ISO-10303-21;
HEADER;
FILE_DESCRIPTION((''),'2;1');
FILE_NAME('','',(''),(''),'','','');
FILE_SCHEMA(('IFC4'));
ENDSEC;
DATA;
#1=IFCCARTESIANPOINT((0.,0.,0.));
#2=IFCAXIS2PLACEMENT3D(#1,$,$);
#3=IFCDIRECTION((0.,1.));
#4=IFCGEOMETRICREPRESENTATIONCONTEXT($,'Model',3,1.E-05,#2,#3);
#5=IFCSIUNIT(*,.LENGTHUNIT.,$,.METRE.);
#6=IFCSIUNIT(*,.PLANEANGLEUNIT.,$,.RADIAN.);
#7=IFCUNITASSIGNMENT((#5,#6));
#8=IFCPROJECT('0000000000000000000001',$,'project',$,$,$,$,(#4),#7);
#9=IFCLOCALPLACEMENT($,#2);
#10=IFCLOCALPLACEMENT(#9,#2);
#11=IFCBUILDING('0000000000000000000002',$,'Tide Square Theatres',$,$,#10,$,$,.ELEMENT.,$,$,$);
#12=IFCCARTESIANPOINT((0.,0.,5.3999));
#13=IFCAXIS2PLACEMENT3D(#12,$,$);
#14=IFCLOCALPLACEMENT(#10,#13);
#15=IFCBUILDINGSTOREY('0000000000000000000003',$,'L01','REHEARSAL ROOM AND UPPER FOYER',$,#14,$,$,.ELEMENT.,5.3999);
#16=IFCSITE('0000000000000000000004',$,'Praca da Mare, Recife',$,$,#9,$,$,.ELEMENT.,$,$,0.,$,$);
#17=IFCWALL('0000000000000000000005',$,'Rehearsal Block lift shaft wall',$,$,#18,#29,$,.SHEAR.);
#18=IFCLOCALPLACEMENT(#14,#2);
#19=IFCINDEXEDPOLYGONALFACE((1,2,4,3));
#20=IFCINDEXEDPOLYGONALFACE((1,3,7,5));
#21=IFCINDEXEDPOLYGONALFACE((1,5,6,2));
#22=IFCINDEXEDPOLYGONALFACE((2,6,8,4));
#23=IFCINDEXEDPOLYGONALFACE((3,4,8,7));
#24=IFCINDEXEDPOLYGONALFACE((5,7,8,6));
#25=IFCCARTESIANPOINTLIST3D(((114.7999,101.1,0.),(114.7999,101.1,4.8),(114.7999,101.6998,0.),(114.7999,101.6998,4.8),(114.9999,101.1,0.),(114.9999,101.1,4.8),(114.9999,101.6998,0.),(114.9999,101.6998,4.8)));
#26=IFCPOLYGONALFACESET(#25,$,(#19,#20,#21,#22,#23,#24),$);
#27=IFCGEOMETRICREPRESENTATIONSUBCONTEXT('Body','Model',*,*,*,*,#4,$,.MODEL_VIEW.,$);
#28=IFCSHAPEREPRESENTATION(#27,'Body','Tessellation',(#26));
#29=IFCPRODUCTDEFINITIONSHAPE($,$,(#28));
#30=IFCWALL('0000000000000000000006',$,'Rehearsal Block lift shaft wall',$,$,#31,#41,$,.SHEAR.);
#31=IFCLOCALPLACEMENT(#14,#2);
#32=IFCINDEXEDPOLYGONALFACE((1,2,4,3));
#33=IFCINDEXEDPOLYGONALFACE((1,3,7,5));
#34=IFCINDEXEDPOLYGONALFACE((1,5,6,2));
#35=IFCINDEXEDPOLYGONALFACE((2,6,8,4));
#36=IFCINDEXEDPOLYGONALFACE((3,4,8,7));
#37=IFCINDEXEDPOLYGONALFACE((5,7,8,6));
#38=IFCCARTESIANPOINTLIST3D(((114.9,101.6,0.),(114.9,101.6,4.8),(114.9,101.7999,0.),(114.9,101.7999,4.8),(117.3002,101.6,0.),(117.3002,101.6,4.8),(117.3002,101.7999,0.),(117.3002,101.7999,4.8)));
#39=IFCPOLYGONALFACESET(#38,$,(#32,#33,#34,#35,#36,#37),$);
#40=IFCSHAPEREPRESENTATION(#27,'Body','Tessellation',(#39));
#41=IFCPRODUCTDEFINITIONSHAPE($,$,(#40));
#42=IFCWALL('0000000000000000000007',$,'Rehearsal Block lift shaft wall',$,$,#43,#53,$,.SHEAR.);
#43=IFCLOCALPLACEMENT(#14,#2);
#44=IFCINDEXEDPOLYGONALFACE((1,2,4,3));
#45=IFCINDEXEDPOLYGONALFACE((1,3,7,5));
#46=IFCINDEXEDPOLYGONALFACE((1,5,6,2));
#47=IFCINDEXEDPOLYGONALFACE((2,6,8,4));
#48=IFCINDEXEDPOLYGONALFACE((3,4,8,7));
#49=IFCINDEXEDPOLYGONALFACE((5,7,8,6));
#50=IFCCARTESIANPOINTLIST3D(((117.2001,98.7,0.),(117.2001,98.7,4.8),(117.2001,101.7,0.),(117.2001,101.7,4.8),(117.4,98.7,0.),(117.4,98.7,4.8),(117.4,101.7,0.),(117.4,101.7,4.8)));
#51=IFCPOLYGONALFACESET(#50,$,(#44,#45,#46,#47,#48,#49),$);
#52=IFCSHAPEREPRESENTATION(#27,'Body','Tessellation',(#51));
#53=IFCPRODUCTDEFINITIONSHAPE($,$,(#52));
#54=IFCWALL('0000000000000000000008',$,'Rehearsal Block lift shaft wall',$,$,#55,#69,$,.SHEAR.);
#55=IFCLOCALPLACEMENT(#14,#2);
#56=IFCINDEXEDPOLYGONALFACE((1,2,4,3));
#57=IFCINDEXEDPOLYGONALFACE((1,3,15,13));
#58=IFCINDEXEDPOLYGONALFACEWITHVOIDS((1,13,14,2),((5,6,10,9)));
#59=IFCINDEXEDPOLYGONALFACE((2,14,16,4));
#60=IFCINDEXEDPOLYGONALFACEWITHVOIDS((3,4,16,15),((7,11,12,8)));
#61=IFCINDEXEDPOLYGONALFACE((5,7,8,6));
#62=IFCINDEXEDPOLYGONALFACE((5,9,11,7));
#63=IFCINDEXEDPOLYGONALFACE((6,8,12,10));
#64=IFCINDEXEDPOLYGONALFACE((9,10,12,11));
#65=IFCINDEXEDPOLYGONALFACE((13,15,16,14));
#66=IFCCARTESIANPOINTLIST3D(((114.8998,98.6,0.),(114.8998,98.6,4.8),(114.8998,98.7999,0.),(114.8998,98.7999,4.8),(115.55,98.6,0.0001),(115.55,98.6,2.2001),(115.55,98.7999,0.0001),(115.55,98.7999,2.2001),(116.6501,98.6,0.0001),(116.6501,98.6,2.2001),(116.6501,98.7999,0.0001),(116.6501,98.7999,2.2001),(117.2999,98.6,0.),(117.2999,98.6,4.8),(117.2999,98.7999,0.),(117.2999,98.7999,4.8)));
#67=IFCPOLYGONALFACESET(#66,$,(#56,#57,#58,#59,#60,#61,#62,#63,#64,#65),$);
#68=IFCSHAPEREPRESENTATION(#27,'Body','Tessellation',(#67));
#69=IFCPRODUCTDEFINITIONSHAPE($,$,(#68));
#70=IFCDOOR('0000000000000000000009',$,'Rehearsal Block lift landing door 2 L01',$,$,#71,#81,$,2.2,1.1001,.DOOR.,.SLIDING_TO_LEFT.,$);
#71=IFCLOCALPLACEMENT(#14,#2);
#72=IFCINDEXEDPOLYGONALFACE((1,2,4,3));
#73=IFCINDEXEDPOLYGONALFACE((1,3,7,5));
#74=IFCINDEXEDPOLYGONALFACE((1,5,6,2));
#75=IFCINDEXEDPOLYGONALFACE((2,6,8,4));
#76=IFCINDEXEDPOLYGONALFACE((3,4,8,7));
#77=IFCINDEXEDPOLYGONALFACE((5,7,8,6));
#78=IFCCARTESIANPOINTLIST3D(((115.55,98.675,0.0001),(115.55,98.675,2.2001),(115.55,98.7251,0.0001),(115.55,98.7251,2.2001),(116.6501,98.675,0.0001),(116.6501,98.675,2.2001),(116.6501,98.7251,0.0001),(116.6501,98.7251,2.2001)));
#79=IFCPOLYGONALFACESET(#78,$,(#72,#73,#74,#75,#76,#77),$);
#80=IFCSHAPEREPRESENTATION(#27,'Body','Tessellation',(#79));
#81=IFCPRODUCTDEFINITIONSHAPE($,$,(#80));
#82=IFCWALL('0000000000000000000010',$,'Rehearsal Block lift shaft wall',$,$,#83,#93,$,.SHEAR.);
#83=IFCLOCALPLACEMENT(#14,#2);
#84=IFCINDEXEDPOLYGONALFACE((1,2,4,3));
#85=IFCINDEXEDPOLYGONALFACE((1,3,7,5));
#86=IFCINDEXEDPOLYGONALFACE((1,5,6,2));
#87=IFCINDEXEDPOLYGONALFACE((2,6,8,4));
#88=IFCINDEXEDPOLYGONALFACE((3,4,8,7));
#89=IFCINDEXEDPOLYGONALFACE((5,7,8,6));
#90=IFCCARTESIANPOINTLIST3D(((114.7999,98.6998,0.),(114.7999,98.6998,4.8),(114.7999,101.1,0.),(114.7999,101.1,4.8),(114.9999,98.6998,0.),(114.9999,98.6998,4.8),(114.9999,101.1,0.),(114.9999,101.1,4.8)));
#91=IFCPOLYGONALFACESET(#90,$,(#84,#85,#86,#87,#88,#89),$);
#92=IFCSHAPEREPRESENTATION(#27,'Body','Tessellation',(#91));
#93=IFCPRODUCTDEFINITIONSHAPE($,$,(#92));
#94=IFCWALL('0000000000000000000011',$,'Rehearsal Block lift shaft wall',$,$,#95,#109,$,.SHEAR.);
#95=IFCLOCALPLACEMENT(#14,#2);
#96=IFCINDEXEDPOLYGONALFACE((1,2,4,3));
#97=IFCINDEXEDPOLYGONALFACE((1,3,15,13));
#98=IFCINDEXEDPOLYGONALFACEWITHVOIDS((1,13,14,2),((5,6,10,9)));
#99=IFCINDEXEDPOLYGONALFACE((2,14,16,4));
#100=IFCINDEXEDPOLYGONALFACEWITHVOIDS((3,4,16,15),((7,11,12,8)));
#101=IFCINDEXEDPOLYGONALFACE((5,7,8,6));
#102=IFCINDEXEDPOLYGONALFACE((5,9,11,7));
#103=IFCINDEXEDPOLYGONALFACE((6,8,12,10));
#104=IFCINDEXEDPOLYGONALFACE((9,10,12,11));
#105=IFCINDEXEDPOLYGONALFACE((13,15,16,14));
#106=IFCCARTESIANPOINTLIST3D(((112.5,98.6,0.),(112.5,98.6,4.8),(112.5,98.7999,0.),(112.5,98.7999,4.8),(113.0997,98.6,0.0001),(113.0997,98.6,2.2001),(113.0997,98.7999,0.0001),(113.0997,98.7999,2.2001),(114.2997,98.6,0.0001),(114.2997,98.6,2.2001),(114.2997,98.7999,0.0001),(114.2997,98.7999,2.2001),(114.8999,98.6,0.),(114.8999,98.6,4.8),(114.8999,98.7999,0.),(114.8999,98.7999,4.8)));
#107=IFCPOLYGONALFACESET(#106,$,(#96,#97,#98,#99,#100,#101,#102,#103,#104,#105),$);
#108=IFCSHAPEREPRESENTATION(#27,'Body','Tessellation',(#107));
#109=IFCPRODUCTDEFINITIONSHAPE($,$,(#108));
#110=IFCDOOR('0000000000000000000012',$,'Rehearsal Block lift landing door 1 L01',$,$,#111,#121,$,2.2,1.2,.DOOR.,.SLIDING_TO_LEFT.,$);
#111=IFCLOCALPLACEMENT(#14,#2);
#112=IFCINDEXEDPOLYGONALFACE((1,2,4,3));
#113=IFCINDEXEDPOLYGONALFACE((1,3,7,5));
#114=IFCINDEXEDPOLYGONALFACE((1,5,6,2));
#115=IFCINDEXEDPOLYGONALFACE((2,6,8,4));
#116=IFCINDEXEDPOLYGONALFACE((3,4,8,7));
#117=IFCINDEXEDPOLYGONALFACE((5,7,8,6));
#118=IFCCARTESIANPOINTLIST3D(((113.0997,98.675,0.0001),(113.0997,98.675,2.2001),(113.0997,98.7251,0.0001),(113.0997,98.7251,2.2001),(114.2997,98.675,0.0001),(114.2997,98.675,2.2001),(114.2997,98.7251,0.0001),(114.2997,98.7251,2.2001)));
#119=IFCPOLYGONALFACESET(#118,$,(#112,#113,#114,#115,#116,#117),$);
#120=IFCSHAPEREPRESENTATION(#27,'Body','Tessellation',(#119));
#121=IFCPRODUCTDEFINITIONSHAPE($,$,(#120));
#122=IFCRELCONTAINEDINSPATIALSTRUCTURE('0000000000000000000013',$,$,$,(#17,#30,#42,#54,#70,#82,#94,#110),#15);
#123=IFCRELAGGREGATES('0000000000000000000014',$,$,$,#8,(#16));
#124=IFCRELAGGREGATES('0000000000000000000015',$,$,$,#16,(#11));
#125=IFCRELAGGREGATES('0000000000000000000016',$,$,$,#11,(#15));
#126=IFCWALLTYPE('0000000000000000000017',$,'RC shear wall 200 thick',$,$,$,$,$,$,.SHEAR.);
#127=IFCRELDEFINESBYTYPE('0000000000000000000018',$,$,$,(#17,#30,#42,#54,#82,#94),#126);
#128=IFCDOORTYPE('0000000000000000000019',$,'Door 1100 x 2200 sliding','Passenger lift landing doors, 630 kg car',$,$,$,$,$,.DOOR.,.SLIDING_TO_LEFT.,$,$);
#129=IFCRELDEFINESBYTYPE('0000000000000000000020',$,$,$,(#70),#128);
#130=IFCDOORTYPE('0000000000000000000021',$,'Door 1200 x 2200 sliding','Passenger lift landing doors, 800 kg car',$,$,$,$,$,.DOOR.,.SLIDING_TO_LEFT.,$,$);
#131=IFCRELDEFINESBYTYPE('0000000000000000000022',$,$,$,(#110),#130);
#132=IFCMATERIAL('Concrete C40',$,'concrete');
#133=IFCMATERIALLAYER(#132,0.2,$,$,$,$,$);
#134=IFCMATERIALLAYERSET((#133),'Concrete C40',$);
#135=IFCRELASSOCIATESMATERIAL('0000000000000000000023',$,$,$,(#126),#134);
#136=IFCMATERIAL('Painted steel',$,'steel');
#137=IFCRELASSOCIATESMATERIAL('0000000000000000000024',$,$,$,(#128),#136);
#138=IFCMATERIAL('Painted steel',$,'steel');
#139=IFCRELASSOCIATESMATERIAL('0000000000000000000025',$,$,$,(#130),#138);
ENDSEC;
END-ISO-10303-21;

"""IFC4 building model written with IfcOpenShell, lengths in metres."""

from ifc_helpers import new_model, si_unit, direction, frame, frame_2d, origin, place, context, subcontext, project, spatial, rectangle, extrude, material, layer, layer_set, type_object, element, fill, save


model = new_model("IFC4")

# Units and contexts
model_context = context("Model", 3, precision=1e-05, world=origin(), true_north=direction((0.0, 1.0)))
body_context = subcontext(model_context, "Body", "Model", "MODEL_VIEW")
ifc_project = project(units=[si_unit("LENGTHUNIT", "METRE"), si_unit("PLANEANGLEUNIT", "RADIAN")], contexts=[model_context])

# Site, building, storey
site_placement = place(None, origin())
site = spatial("IfcSite", under=ifc_project, at=site_placement, Name="Praca da Mare, Recife", CompositionType="ELEMENT", RefElevation=0.0)
building_placement = place(site_placement, origin())
building = spatial("IfcBuilding", under=site, at=building_placement, Name="Tide Square Theatres", CompositionType="ELEMENT")
storey_placement = place(building_placement, frame((0.0, 0.0, 5.3999)))
storey = spatial("IfcBuildingStorey", under=building, at=storey_placement, Name="L01", Description="REHEARSAL ROOM AND UPPER FOYER", CompositionType="ELEMENT", Elevation=5.3999)

# Walls
ifc_material_1 = material(Name="Concrete C40", Category="concrete")
ifc_layer_1 = layer(ifc_material_1, 0.2)
ifc_layer_set_1 = layer_set([ifc_layer_1], Name="Concrete C40")
wall_type_1 = type_object("IfcWallType", Name="RC shear wall 200 thick", PredefinedType="SHEAR", material=ifc_layer_set_1)
wall_1_placement = place(storey_placement, frame((114.8999, 101.1001, 0.0), z_axis=(0.0, 0.0, 1.0), x_axis=(0.0, 1.0, 0.0)))
element("IfcWall", 1, at=wall_1_placement, inside=storey, type_object=wall_type_1, Name="Rehearsal Block lift shaft wall", PredefinedType="SHEAR", context=body_context, shape_type="SweptSolid", body=[
    extrude(rectangle(XDim=0.5999, YDim=0.2, at=frame_2d((0.2998, 0.0))), origin(), (0.0, 0.0, 1.0), 4.8),
])
wall_2_placement = place(storey_placement, frame((114.8999, 101.7, 0.0), z_axis=(0.0, 0.0, 1.0), x_axis=(1.0, 0.0, 0.0)))
element("IfcWall", 2, at=wall_2_placement, inside=storey, type_object=wall_type_1, Name="Rehearsal Block lift shaft wall", PredefinedType="SHEAR", context=body_context, shape_type="SweptSolid", body=[
    extrude(rectangle(XDim=2.4001, YDim=0.2, at=frame_2d((1.2002, 0.0))), origin(), (0.0, 0.0, 1.0), 4.8),
])
wall_3_placement = place(storey_placement, frame((117.3, 101.7, 0.0), z_axis=(0.0, 0.0, 1.0), x_axis=(0.0, -1.0, 0.0)))
element("IfcWall", 3, at=wall_3_placement, inside=storey, type_object=wall_type_1, Name="Rehearsal Block lift shaft wall", PredefinedType="SHEAR", context=body_context, shape_type="SweptSolid", body=[
    extrude(rectangle(XDim=3.0, YDim=0.2, at=frame_2d((1.5, 0.0))), origin(), (0.0, 0.0, 1.0), 4.8),
])

# Wall, opening, door
wall_4_placement = place(storey_placement, frame((117.3, 98.7, 0.0), z_axis=(0.0, 0.0, 1.0), x_axis=(-1.0, 0.0, 0.0)))
wall_4 = element("IfcWall", 4, at=wall_4_placement, inside=storey, type_object=wall_type_1, Name="Rehearsal Block lift shaft wall", PredefinedType="SHEAR", context=body_context, shape_type="SweptSolid", body=[
    extrude(rectangle(XDim=2.4001, YDim=0.2, at=frame_2d((1.2002, 0.0))), origin(), (0.0, 0.0, 1.0), 4.8),
])
opening_1_placement = place(wall_4_placement, frame((0.6499, 0.0, 0.0)))
opening_1 = element("IfcOpeningElement", 5, at=opening_1_placement, cuts=wall_4, PredefinedType="OPENING", context=body_context, shape_type="SweptSolid", body=[
    extrude(rectangle(XDim=1.1001, YDim=2.2, at=frame_2d((0.55, 1.1001))), frame((0.0, 0.1099, 0.0), z_axis=(0.0, -1.0, 0.0), x_axis=(1.0, 0.0, 0.0)), (0.0, 0.0, 1.0), 0.22),
])
ifc_material_2 = material(Name="Painted steel", Category="steel")
door_type_1 = type_object("IfcDoorType", Name="Door 1100 x 2200 sliding", Description="Passenger lift landing doors, 630 kg car", OperationType="SLIDING_TO_LEFT", PredefinedType="DOOR", material=ifc_material_2)
door_1_placement = place(opening_1_placement, origin())
door_1 = element("IfcDoor", 6, at=door_1_placement, inside=storey, type_object=door_type_1, Name="Rehearsal Block lift landing door 2 L01", OperationType="SLIDING_TO_LEFT", OverallHeight=2.2, OverallWidth=1.1001, PredefinedType="DOOR", context=body_context, shape_type="SweptSolid", body=[
    extrude(rectangle(XDim=1.1001, YDim=2.2, at=frame_2d((0.55, 1.1001))), frame((0.0, 0.0249, 0.0), z_axis=(0.0, -1.0, 0.0), x_axis=(1.0, 0.0, 0.0)), (0.0, 0.0, 1.0), 0.05),
])
fill(opening_1, door_1)

# Wall
wall_5_placement = place(storey_placement, frame((114.8999, 101.1001, 0.0), z_axis=(0.0, 0.0, 1.0), x_axis=(0.0, -1.0, 0.0)))
element("IfcWall", 7, at=wall_5_placement, inside=storey, type_object=wall_type_1, Name="Rehearsal Block lift shaft wall", PredefinedType="SHEAR", context=body_context, shape_type="SweptSolid", body=[
    extrude(rectangle(XDim=2.4001, YDim=0.2, at=frame_2d((1.2002, 0.0))), origin(), (0.0, 0.0, 1.0), 4.8),
])

# Wall, opening, door
wall_6_placement = place(storey_placement, frame((114.8999, 98.7, 0.0), z_axis=(0.0, 0.0, 1.0), x_axis=(-1.0, 0.0, 0.0)))
wall_6 = element("IfcWall", 8, at=wall_6_placement, inside=storey, type_object=wall_type_1, Name="Rehearsal Block lift shaft wall", PredefinedType="SHEAR", context=body_context, shape_type="SweptSolid", body=[
    extrude(rectangle(XDim=2.3999, YDim=0.2, at=frame_2d((1.2, 0.0))), origin(), (0.0, 0.0, 1.0), 4.8),
])
opening_2_placement = place(wall_6_placement, frame((0.6001, 0.0, 0.0)))
opening_2 = element("IfcOpeningElement", 9, at=opening_2_placement, cuts=wall_6, PredefinedType="OPENING", context=body_context, shape_type="SweptSolid", body=[
    extrude(rectangle(XDim=1.2, YDim=2.2, at=frame_2d((0.6001, 1.1001))), frame((0.0, 0.1099, 0.0), z_axis=(0.0, -1.0, 0.0), x_axis=(1.0, 0.0, 0.0)), (0.0, 0.0, 1.0), 0.22),
])
ifc_material_3 = material(Name="Painted steel", Category="steel")
door_type_2 = type_object("IfcDoorType", Name="Door 1200 x 2200 sliding", Description="Passenger lift landing doors, 800 kg car", OperationType="SLIDING_TO_LEFT", PredefinedType="DOOR", material=ifc_material_3)
door_2_placement = place(opening_2_placement, origin())
door_2 = element("IfcDoor", 10, at=door_2_placement, inside=storey, type_object=door_type_2, Name="Rehearsal Block lift landing door 1 L01", OperationType="SLIDING_TO_LEFT", OverallHeight=2.2, OverallWidth=1.2, PredefinedType="DOOR", context=body_context, shape_type="SweptSolid", body=[
    extrude(rectangle(XDim=1.2, YDim=2.2, at=frame_2d((0.6001, 1.1001))), frame((0.0, 0.0249, 0.0), z_axis=(0.0, -1.0, 0.0), x_axis=(1.0, 0.0, 0.0)), (0.0, 0.0, 1.0), 0.05),
])
fill(opening_2, door_2)

save(model, "model.ifc")
